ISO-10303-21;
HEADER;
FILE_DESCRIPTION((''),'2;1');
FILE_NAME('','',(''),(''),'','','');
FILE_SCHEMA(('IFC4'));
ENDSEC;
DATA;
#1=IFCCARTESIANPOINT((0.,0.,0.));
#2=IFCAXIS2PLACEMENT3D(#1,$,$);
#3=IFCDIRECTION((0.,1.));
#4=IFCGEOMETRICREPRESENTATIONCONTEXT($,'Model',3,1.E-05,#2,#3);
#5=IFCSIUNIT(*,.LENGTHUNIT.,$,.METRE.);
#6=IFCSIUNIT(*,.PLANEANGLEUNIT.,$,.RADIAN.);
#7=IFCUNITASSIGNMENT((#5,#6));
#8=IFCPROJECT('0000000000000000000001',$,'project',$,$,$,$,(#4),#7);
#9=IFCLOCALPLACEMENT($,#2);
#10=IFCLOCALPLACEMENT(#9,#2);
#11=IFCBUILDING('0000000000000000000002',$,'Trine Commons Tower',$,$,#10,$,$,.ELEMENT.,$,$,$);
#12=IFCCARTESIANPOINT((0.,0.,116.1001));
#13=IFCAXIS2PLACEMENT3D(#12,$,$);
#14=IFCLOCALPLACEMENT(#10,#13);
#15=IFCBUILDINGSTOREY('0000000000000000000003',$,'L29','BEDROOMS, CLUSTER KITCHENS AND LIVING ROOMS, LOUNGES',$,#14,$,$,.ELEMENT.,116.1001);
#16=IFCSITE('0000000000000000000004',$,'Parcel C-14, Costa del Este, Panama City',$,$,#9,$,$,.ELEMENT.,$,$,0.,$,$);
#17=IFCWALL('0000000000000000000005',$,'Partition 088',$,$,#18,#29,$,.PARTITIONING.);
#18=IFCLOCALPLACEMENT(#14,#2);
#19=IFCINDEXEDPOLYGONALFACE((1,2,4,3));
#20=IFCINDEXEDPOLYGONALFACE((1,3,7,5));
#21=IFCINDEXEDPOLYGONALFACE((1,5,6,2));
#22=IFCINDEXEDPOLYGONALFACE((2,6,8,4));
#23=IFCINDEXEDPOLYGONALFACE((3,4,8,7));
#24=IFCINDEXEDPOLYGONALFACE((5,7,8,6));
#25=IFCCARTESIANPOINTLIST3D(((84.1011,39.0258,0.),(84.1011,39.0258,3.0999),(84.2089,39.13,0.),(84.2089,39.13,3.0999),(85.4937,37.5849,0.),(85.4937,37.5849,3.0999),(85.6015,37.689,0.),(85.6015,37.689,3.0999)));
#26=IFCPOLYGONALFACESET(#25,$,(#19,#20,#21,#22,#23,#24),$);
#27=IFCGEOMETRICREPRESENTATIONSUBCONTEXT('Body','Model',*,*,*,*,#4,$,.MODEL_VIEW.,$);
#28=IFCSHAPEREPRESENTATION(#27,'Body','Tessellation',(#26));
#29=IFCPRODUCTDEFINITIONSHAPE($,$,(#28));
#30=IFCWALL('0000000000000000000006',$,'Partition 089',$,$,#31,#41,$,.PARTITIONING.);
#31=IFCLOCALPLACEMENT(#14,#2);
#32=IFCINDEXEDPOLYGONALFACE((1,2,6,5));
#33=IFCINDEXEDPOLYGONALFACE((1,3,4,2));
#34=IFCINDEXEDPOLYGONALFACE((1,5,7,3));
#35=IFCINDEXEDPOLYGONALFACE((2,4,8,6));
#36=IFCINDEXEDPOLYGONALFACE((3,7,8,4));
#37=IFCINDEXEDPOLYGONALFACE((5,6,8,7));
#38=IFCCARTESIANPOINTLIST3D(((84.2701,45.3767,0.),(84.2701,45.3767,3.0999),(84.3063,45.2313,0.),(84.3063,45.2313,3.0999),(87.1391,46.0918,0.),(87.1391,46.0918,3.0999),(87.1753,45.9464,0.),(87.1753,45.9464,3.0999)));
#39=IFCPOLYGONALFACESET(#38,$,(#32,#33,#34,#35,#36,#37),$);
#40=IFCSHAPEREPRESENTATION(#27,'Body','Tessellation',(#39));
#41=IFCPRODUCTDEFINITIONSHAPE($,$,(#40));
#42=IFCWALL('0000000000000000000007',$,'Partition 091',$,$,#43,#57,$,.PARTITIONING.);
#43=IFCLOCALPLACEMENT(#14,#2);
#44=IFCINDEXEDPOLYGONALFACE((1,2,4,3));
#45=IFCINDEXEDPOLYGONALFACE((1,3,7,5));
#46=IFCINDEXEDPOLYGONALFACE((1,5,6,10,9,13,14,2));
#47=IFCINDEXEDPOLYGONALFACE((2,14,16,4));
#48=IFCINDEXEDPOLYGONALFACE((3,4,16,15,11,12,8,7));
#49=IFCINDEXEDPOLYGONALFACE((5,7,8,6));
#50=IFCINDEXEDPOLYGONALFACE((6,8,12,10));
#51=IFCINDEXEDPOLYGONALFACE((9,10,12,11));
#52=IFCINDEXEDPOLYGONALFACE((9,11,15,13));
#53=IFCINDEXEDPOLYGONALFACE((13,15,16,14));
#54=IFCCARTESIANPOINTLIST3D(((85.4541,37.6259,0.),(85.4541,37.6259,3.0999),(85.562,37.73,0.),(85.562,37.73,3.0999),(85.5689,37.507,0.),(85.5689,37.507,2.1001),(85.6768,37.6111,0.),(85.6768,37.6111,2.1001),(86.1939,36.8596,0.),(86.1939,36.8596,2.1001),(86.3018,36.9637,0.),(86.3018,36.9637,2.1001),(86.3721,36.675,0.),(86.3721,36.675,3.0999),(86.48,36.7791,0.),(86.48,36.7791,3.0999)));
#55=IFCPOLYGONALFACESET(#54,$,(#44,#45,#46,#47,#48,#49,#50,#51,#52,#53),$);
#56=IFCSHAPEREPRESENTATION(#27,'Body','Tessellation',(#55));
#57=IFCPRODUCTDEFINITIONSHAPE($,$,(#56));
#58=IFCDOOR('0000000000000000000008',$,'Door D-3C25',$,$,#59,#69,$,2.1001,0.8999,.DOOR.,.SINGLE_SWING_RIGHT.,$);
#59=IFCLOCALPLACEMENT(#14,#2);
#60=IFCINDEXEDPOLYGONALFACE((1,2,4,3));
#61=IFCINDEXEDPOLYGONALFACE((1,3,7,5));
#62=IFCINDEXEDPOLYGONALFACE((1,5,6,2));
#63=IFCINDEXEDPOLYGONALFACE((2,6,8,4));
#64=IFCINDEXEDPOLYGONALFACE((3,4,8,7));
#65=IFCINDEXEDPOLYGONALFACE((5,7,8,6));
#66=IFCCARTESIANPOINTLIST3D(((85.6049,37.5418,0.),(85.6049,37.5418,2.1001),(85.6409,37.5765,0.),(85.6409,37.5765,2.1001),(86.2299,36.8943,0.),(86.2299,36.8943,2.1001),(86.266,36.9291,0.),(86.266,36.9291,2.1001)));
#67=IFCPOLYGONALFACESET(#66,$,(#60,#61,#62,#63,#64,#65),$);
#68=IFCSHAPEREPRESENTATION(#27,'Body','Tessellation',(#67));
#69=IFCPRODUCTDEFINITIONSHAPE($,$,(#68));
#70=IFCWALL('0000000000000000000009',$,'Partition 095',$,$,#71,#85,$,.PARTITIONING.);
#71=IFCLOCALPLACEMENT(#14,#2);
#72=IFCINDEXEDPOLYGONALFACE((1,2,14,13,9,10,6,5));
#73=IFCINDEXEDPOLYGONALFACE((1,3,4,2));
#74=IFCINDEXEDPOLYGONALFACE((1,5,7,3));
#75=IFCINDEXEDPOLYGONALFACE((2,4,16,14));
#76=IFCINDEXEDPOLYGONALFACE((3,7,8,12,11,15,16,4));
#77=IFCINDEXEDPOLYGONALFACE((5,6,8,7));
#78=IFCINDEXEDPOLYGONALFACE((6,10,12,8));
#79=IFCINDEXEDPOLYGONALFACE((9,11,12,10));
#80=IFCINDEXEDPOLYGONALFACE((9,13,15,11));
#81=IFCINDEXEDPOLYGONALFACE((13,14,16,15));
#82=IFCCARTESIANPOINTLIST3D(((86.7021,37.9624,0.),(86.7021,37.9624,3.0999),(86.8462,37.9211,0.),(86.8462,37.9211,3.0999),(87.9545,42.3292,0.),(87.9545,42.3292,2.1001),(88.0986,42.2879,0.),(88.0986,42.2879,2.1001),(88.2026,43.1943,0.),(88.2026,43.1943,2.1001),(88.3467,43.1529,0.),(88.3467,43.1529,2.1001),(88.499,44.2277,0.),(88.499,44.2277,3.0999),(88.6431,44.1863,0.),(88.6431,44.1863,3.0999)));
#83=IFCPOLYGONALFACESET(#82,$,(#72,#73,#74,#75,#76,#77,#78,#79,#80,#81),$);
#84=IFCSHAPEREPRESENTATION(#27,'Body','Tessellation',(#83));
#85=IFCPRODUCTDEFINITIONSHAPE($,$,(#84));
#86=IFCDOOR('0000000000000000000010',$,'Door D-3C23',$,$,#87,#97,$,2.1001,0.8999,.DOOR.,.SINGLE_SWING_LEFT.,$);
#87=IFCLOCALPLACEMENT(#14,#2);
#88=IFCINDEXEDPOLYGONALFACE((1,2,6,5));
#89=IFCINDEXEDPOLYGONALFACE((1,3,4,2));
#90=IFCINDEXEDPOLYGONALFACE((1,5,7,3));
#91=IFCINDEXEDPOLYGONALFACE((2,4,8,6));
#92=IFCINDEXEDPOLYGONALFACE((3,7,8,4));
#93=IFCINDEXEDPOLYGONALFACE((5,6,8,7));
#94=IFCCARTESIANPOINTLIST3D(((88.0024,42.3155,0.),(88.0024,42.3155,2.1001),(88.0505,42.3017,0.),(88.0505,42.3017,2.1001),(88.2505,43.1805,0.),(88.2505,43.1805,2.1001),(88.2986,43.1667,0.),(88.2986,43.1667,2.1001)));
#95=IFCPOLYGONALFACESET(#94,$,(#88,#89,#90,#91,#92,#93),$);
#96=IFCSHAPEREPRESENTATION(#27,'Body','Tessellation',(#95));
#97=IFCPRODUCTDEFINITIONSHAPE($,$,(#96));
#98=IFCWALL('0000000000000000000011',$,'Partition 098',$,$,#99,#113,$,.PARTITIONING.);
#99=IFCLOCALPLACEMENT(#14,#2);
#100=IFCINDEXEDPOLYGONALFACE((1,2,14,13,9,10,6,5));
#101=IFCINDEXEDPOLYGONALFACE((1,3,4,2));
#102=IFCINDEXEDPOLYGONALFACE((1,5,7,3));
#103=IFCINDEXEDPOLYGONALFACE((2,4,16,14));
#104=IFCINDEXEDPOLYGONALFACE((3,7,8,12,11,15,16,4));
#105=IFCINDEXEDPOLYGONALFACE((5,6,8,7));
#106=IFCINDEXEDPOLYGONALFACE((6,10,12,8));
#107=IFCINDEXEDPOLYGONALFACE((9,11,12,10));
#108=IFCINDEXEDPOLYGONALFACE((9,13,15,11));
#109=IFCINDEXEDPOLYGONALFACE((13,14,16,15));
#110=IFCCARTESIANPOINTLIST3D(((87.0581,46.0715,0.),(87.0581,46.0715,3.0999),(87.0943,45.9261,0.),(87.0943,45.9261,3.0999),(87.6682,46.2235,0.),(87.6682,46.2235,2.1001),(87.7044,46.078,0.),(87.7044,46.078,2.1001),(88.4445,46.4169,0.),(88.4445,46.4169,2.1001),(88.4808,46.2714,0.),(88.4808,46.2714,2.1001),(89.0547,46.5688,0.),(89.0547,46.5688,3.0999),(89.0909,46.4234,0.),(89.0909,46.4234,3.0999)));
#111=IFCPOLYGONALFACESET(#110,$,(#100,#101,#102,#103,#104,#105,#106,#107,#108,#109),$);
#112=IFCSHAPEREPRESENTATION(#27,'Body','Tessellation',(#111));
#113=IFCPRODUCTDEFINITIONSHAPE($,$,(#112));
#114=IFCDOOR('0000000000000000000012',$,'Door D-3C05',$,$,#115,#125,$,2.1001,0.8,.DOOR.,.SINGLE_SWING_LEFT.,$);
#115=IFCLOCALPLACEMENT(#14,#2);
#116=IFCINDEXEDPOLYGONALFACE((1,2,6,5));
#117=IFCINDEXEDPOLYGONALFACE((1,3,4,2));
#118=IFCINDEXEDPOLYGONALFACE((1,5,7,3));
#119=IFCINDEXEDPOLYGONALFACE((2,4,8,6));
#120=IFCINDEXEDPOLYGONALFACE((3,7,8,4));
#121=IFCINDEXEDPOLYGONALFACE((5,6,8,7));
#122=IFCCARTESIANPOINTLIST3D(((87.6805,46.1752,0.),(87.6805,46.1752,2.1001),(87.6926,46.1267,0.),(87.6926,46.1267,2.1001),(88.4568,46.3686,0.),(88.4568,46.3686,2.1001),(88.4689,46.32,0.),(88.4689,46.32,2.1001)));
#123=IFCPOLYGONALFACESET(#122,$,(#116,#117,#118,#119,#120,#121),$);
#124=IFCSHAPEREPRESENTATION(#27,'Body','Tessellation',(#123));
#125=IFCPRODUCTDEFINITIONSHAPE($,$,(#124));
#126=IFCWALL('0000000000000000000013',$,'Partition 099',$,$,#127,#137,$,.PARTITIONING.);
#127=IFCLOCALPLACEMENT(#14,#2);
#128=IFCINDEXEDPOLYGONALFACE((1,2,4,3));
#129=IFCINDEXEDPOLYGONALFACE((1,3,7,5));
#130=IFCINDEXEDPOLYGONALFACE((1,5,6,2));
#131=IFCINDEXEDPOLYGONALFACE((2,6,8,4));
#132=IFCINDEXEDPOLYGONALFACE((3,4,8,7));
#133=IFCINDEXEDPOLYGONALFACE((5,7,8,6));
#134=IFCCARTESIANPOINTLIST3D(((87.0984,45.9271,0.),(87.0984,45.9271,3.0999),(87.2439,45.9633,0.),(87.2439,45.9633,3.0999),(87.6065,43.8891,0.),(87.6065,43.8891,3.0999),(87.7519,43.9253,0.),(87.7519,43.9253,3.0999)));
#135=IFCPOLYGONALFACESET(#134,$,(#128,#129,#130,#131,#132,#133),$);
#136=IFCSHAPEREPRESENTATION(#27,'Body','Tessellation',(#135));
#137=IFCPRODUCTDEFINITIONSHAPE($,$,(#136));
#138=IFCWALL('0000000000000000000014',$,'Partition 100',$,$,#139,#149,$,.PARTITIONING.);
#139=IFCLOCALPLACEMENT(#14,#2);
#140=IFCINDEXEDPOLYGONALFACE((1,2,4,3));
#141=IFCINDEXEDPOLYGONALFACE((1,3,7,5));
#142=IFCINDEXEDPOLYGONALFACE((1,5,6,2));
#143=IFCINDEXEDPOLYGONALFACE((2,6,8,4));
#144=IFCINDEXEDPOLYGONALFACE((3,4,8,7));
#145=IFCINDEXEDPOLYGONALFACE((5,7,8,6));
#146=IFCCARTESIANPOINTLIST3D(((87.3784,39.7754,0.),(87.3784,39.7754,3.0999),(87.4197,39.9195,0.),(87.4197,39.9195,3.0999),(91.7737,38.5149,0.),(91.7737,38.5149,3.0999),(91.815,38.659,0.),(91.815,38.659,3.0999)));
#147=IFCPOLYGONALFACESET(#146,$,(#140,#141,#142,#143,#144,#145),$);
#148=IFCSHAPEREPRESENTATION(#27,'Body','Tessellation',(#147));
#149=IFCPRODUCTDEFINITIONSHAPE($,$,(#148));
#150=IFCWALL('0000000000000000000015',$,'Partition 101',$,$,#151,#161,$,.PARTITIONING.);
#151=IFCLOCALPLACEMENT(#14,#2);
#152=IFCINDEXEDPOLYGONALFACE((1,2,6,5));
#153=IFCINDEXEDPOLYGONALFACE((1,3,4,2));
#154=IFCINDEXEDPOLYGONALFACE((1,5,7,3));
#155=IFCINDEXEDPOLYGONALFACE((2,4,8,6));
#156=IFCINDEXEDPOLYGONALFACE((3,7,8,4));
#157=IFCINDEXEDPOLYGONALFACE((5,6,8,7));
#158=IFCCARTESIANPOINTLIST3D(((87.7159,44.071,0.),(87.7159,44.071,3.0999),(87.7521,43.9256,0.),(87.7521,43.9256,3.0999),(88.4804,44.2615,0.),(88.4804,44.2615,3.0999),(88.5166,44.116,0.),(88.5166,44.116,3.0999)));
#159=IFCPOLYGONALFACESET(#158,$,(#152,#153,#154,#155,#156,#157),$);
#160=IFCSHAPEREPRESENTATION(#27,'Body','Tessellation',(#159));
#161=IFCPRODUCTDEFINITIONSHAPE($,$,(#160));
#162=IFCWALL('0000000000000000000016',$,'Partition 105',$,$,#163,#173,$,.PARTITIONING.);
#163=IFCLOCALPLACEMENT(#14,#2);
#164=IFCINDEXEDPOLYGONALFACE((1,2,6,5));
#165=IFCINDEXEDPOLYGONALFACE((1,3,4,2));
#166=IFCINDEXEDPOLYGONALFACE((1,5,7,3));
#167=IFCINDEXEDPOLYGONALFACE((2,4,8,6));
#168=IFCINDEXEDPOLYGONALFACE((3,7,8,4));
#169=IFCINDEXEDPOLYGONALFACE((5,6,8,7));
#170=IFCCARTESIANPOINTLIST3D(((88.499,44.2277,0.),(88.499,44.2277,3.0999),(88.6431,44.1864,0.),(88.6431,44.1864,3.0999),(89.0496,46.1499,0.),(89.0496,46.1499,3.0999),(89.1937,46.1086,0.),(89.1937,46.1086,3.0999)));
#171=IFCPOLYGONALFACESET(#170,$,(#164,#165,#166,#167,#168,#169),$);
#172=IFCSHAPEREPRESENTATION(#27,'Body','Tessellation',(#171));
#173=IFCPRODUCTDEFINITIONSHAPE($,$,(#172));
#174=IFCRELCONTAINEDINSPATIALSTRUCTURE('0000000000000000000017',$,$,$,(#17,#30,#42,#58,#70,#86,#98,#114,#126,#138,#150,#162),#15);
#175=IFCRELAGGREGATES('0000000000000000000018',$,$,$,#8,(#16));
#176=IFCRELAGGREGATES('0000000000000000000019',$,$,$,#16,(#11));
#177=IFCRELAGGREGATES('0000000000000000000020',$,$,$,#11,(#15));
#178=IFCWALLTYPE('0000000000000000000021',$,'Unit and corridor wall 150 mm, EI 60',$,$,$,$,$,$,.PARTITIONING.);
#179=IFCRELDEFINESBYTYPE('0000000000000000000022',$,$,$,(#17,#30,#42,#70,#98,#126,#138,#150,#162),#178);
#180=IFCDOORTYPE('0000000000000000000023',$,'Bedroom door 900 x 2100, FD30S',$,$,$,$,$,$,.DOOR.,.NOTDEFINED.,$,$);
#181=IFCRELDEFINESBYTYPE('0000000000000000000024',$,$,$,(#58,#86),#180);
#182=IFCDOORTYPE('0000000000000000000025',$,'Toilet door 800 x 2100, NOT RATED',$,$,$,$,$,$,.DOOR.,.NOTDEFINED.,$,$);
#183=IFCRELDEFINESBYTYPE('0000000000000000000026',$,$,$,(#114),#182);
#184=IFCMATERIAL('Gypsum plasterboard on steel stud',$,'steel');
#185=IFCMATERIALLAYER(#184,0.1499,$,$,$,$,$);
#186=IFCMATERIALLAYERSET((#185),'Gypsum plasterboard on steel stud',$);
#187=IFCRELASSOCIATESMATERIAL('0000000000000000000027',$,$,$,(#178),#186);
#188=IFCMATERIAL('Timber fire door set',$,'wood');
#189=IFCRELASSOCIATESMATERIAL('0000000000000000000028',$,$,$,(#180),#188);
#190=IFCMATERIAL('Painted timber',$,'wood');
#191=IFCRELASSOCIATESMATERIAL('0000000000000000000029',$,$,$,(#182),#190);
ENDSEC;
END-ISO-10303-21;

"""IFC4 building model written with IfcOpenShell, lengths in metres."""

from ifc_helpers import new_model, si_unit, direction, frame, frame_2d, origin, place, context, subcontext, project, spatial, rectangle, extrude, material, layer, layer_set, type_object, element, fill, save


model = new_model("IFC4")

# Units and contexts
model_context = context("Model", 3, precision=1e-05, world=origin(), true_north=direction((0.0, 1.0)))
body_context = subcontext(model_context, "Body", "Model", "MODEL_VIEW")
ifc_project = project(units=[si_unit("LENGTHUNIT", "METRE"), si_unit("PLANEANGLEUNIT", "RADIAN")], contexts=[model_context])

# Site, building, storey
site_placement = place(None, origin())
site = spatial("IfcSite", under=ifc_project, at=site_placement, Name="Parcel C-14, Costa del Este, Panama City", CompositionType="ELEMENT", RefElevation=0.0)
building_placement = place(site_placement, origin())
building = spatial("IfcBuilding", under=site, at=building_placement, Name="Trine Commons Tower", CompositionType="ELEMENT")
storey_placement = place(building_placement, frame((0.0, 0.0, 116.1001)))
storey = spatial("IfcBuildingStorey", under=building, at=storey_placement, Name="L29", Description="BEDROOMS, CLUSTER KITCHENS AND LIVING ROOMS, LOUNGES", CompositionType="ELEMENT", Elevation=116.1001)

# Walls
ifc_material_1 = material(Name="Gypsum plasterboard on steel stud", Category="steel")
ifc_layer_1 = layer(ifc_material_1, 0.1499)
ifc_layer_set_1 = layer_set([ifc_layer_1], Name="Gypsum plasterboard on steel stud")
wall_type_1 = type_object("IfcWallType", Name="Unit and corridor wall 150 mm, EI 60", PredefinedType="PARTITIONING", material=ifc_layer_set_1)
wall_1_placement = place(storey_placement, frame((84.155, 39.0779, 0.0), z_axis=(0.0, 0.0, 1.0), x_axis=(0.694942, -0.719065, 0.0)))
element("IfcWall", 1, at=wall_1_placement, inside=storey, type_object=wall_type_1, Name="Partition 088", PredefinedType="PARTITIONING", context=body_context, shape_type="SweptSolid", body=[
    extrude(rectangle(XDim=2.0039, YDim=0.1499, at=frame_2d((1.002, 0.0))), origin(), (0.0, 0.0, 1.0), 3.0999),
])
wall_2_placement = place(storey_placement, frame((84.2881, 45.304, 0.0), z_axis=(0.0, 0.0, 1.0), x_axis=(0.970312, 0.241856, 0.0)))
element("IfcWall", 2, at=wall_2_placement, inside=storey, type_object=wall_type_1, Name="Partition 089", PredefinedType="PARTITIONING", context=body_context, shape_type="SweptSolid", body=[
    extrude(rectangle(XDim=2.9568, YDim=0.1499, at=frame_2d((1.4785, 0.0))), origin(), (0.0, 0.0, 1.0), 3.0999),
])

# Walls, openings, doors
wall_3_placement = place(storey_placement, frame((85.5081, 37.678, 0.0), z_axis=(0.0, 0.0, 1.0), x_axis=(0.694529, -0.719465, 0.0)))
wall_3 = element("IfcWall", 3, at=wall_3_placement, inside=storey, type_object=wall_type_1, Name="Partition 091", PredefinedType="PARTITIONING", context=body_context, shape_type="SweptSolid", body=[
    extrude(rectangle(XDim=1.3218, YDim=0.1499, at=frame_2d((0.6609, 0.0))), origin(), (0.0, 0.0, 1.0), 3.0999),
])
opening_1_placement = place(wall_3_placement, frame((0.1653, 0.0, 0.0)))
opening_1 = element("IfcOpeningElement", 4, at=opening_1_placement, cuts=wall_3, PredefinedType="OPENING", context=body_context, shape_type="SweptSolid", body=[
    extrude(rectangle(XDim=0.8999, YDim=2.1001, at=frame_2d((0.45, 1.05))), frame((0.0, 0.085, 0.0), z_axis=(0.0, -1.0, 0.0), x_axis=(1.0, 0.0, 0.0)), (0.0, 0.0, 1.0), 0.1699),
])
ifc_material_2 = material(Name="Timber fire door set", Category="wood")
door_type_1 = type_object("IfcDoorType", Name="Bedroom door 900 x 2100, FD30S", OperationType="NOTDEFINED", PredefinedType="DOOR", material=ifc_material_2)
door_1_placement = place(opening_1_placement, frame((0.8999, 0.0, 0.0), z_axis=(0.0, 0.0, 1.0), x_axis=(-1.0, 0.0, 0.0)))
door_1 = element("IfcDoor", 5, at=door_1_placement, inside=storey, type_object=door_type_1, Name="Door D-3C25", OperationType="SINGLE_SWING_RIGHT", OverallHeight=2.1001, OverallWidth=0.8999, PredefinedType="DOOR", context=body_context, shape_type="SweptSolid", body=[
    extrude(rectangle(XDim=0.8999, YDim=2.1001, at=frame_2d((0.45, 1.05))), frame((0.0, 0.0249, 0.0), z_axis=(0.0, -1.0, 0.0), x_axis=(1.0, 0.0, 0.0)), (0.0, 0.0, 1.0), 0.05),
])
fill(opening_1, door_1)
wall_4_placement = place(storey_placement, frame((86.7742, 37.9419, 0.0), z_axis=(0.0, 0.0, 1.0), x_axis=(0.275691, 0.961246, 0.0)))
wall_4 = element("IfcWall", 6, at=wall_4_placement, inside=storey, type_object=wall_type_1, Name="Partition 095", PredefinedType="PARTITIONING", context=body_context, shape_type="SweptSolid", body=[
    extrude(rectangle(XDim=6.5178, YDim=0.1499, at=frame_2d((3.2588, 0.0))), origin(), (0.0, 0.0, 1.0), 3.0999),
])
opening_2_placement = place(wall_4_placement, frame((4.5427, 0.0, 0.0)))
opening_2 = element("IfcOpeningElement", 7, at=opening_2_placement, cuts=wall_4, PredefinedType="OPENING", context=body_context, shape_type="SweptSolid", body=[
    extrude(rectangle(XDim=0.8999, YDim=2.1001, at=frame_2d((0.45, 1.05))), frame((0.0, 0.085, 0.0), z_axis=(0.0, -1.0, 0.0), x_axis=(1.0, 0.0, 0.0)), (0.0, 0.0, 1.0), 0.1699),
])
door_2_placement = place(opening_2_placement, frame((0.8999, 0.0, 0.0), z_axis=(0.0, 0.0, 1.0), x_axis=(-1.0, 0.0, 0.0)))
door_2 = element("IfcDoor", 8, at=door_2_placement, inside=storey, type_object=door_type_1, Name="Door D-3C23", OperationType="SINGLE_SWING_LEFT", OverallHeight=2.1001, OverallWidth=0.8999, PredefinedType="DOOR", context=body_context, shape_type="SweptSolid", body=[
    extrude(rectangle(XDim=0.8999, YDim=2.1001, at=frame_2d((0.45, 1.05))), frame((0.0, 0.0249, 0.0), z_axis=(0.0, -1.0, 0.0), x_axis=(1.0, 0.0, 0.0)), (0.0, 0.0, 1.0), 0.05),
])
fill(opening_2, door_2)
wall_5_placement = place(storey_placement, frame((87.0762, 45.9988, 0.0), z_axis=(0.0, 0.0, 1.0), x_axis=(0.970352, 0.241698, 0.0)))
wall_5 = element("IfcWall", 9, at=wall_5_placement, inside=storey, type_object=wall_type_1, Name="Partition 098", PredefinedType="PARTITIONING", context=body_context, shape_type="SweptSolid", body=[
    extrude(rectangle(XDim=2.0576, YDim=0.1499, at=frame_2d((1.0288, 0.0))), origin(), (0.0, 0.0, 1.0), 3.0999),
])
opening_3_placement = place(wall_5_placement, frame((0.6289, 0.0, 0.0)))
opening_3 = element("IfcOpeningElement", 10, at=opening_3_placement, cuts=wall_5, PredefinedType="OPENING", context=body_context, shape_type="SweptSolid", body=[
    extrude(rectangle(XDim=0.8, YDim=2.1001, at=frame_2d((0.3999, 1.05))), frame((0.0, 0.085, 0.0), z_axis=(0.0, -1.0, 0.0), x_axis=(1.0, 0.0, 0.0)), (0.0, 0.0, 1.0), 0.1699),
])
ifc_material_3 = material(Name="Painted timber", Category="wood")
door_type_2 = type_object("IfcDoorType", Name="Toilet door 800 x 2100, NOT RATED", OperationType="NOTDEFINED", PredefinedType="DOOR", material=ifc_material_3)
door_3_placement = place(opening_3_placement, frame((0.8, 0.0, 0.0), z_axis=(0.0, 0.0, 1.0), x_axis=(-1.0, 0.0, 0.0)))
door_3 = element("IfcDoor", 11, at=door_3_placement, inside=storey, type_object=door_type_2, Name="Door D-3C05", OperationType="SINGLE_SWING_LEFT", OverallHeight=2.1001, OverallWidth=0.8, PredefinedType="DOOR", context=body_context, shape_type="SweptSolid", body=[
    extrude(rectangle(XDim=0.8, YDim=2.1001, at=frame_2d((0.3999, 1.05))), frame((0.0, 0.0249, 0.0), z_axis=(0.0, -1.0, 0.0), x_axis=(1.0, 0.0, 0.0)), (0.0, 0.0, 1.0), 0.05),
])
fill(opening_3, door_3)

# Walls
wall_6_placement = place(storey_placement, frame((87.1711, 45.9453, 0.0), z_axis=(0.0, 0.0, 1.0), x_axis=(0.241879, -0.970306, 0.0)))
element("IfcWall", 12, at=wall_6_placement, inside=storey, type_object=wall_type_1, Name="Partition 099", PredefinedType="PARTITIONING", context=body_context, shape_type="SweptSolid", body=[
    extrude(rectangle(XDim=2.1003, YDim=0.1499, at=frame_2d((1.0503, 0.0))), origin(), (0.0, 0.0, 1.0), 3.0999),
])
wall_7_placement = place(storey_placement, frame((87.3992, 39.8474, 0.0), z_axis=(0.0, 0.0, 1.0), x_axis=(0.961251, -0.275673, 0.0)))
element("IfcWall", 13, at=wall_7_placement, inside=storey, type_object=wall_type_1, Name="Partition 100", PredefinedType="PARTITIONING", context=body_context, shape_type="SweptSolid", body=[
    extrude(rectangle(XDim=4.5725, YDim=0.1499, at=frame_2d((2.2861, 0.0))), origin(), (0.0, 0.0, 1.0), 3.0999),
])
wall_8_placement = place(storey_placement, frame((87.7339, 43.9983, 0.0), z_axis=(0.0, 0.0, 1.0), x_axis=(0.970343, 0.241733, 0.0)))
element("IfcWall", 14, at=wall_8_placement, inside=storey, type_object=wall_type_1, Name="Partition 101", PredefinedType="PARTITIONING", context=body_context, shape_type="SweptSolid", body=[
    extrude(rectangle(XDim=0.7878, YDim=0.1499, at=frame_2d((0.394, 0.0))), origin(), (0.0, 0.0, 1.0), 3.0999),
])
wall_9_placement = place(storey_placement, frame((88.571, 44.207, 0.0), z_axis=(0.0, 0.0, 1.0), x_axis=(0.27535, 0.961344, 0.0)))
element("IfcWall", 15, at=wall_9_placement, inside=storey, type_object=wall_type_1, Name="Partition 105", PredefinedType="PARTITIONING", context=body_context, shape_type="SweptSolid", body=[
    extrude(rectangle(XDim=1.9995, YDim=0.1499, at=frame_2d((0.9998, 0.0))), origin(), (0.0, 0.0, 1.0), 3.0999),
])

save(model, "model.ifc")
